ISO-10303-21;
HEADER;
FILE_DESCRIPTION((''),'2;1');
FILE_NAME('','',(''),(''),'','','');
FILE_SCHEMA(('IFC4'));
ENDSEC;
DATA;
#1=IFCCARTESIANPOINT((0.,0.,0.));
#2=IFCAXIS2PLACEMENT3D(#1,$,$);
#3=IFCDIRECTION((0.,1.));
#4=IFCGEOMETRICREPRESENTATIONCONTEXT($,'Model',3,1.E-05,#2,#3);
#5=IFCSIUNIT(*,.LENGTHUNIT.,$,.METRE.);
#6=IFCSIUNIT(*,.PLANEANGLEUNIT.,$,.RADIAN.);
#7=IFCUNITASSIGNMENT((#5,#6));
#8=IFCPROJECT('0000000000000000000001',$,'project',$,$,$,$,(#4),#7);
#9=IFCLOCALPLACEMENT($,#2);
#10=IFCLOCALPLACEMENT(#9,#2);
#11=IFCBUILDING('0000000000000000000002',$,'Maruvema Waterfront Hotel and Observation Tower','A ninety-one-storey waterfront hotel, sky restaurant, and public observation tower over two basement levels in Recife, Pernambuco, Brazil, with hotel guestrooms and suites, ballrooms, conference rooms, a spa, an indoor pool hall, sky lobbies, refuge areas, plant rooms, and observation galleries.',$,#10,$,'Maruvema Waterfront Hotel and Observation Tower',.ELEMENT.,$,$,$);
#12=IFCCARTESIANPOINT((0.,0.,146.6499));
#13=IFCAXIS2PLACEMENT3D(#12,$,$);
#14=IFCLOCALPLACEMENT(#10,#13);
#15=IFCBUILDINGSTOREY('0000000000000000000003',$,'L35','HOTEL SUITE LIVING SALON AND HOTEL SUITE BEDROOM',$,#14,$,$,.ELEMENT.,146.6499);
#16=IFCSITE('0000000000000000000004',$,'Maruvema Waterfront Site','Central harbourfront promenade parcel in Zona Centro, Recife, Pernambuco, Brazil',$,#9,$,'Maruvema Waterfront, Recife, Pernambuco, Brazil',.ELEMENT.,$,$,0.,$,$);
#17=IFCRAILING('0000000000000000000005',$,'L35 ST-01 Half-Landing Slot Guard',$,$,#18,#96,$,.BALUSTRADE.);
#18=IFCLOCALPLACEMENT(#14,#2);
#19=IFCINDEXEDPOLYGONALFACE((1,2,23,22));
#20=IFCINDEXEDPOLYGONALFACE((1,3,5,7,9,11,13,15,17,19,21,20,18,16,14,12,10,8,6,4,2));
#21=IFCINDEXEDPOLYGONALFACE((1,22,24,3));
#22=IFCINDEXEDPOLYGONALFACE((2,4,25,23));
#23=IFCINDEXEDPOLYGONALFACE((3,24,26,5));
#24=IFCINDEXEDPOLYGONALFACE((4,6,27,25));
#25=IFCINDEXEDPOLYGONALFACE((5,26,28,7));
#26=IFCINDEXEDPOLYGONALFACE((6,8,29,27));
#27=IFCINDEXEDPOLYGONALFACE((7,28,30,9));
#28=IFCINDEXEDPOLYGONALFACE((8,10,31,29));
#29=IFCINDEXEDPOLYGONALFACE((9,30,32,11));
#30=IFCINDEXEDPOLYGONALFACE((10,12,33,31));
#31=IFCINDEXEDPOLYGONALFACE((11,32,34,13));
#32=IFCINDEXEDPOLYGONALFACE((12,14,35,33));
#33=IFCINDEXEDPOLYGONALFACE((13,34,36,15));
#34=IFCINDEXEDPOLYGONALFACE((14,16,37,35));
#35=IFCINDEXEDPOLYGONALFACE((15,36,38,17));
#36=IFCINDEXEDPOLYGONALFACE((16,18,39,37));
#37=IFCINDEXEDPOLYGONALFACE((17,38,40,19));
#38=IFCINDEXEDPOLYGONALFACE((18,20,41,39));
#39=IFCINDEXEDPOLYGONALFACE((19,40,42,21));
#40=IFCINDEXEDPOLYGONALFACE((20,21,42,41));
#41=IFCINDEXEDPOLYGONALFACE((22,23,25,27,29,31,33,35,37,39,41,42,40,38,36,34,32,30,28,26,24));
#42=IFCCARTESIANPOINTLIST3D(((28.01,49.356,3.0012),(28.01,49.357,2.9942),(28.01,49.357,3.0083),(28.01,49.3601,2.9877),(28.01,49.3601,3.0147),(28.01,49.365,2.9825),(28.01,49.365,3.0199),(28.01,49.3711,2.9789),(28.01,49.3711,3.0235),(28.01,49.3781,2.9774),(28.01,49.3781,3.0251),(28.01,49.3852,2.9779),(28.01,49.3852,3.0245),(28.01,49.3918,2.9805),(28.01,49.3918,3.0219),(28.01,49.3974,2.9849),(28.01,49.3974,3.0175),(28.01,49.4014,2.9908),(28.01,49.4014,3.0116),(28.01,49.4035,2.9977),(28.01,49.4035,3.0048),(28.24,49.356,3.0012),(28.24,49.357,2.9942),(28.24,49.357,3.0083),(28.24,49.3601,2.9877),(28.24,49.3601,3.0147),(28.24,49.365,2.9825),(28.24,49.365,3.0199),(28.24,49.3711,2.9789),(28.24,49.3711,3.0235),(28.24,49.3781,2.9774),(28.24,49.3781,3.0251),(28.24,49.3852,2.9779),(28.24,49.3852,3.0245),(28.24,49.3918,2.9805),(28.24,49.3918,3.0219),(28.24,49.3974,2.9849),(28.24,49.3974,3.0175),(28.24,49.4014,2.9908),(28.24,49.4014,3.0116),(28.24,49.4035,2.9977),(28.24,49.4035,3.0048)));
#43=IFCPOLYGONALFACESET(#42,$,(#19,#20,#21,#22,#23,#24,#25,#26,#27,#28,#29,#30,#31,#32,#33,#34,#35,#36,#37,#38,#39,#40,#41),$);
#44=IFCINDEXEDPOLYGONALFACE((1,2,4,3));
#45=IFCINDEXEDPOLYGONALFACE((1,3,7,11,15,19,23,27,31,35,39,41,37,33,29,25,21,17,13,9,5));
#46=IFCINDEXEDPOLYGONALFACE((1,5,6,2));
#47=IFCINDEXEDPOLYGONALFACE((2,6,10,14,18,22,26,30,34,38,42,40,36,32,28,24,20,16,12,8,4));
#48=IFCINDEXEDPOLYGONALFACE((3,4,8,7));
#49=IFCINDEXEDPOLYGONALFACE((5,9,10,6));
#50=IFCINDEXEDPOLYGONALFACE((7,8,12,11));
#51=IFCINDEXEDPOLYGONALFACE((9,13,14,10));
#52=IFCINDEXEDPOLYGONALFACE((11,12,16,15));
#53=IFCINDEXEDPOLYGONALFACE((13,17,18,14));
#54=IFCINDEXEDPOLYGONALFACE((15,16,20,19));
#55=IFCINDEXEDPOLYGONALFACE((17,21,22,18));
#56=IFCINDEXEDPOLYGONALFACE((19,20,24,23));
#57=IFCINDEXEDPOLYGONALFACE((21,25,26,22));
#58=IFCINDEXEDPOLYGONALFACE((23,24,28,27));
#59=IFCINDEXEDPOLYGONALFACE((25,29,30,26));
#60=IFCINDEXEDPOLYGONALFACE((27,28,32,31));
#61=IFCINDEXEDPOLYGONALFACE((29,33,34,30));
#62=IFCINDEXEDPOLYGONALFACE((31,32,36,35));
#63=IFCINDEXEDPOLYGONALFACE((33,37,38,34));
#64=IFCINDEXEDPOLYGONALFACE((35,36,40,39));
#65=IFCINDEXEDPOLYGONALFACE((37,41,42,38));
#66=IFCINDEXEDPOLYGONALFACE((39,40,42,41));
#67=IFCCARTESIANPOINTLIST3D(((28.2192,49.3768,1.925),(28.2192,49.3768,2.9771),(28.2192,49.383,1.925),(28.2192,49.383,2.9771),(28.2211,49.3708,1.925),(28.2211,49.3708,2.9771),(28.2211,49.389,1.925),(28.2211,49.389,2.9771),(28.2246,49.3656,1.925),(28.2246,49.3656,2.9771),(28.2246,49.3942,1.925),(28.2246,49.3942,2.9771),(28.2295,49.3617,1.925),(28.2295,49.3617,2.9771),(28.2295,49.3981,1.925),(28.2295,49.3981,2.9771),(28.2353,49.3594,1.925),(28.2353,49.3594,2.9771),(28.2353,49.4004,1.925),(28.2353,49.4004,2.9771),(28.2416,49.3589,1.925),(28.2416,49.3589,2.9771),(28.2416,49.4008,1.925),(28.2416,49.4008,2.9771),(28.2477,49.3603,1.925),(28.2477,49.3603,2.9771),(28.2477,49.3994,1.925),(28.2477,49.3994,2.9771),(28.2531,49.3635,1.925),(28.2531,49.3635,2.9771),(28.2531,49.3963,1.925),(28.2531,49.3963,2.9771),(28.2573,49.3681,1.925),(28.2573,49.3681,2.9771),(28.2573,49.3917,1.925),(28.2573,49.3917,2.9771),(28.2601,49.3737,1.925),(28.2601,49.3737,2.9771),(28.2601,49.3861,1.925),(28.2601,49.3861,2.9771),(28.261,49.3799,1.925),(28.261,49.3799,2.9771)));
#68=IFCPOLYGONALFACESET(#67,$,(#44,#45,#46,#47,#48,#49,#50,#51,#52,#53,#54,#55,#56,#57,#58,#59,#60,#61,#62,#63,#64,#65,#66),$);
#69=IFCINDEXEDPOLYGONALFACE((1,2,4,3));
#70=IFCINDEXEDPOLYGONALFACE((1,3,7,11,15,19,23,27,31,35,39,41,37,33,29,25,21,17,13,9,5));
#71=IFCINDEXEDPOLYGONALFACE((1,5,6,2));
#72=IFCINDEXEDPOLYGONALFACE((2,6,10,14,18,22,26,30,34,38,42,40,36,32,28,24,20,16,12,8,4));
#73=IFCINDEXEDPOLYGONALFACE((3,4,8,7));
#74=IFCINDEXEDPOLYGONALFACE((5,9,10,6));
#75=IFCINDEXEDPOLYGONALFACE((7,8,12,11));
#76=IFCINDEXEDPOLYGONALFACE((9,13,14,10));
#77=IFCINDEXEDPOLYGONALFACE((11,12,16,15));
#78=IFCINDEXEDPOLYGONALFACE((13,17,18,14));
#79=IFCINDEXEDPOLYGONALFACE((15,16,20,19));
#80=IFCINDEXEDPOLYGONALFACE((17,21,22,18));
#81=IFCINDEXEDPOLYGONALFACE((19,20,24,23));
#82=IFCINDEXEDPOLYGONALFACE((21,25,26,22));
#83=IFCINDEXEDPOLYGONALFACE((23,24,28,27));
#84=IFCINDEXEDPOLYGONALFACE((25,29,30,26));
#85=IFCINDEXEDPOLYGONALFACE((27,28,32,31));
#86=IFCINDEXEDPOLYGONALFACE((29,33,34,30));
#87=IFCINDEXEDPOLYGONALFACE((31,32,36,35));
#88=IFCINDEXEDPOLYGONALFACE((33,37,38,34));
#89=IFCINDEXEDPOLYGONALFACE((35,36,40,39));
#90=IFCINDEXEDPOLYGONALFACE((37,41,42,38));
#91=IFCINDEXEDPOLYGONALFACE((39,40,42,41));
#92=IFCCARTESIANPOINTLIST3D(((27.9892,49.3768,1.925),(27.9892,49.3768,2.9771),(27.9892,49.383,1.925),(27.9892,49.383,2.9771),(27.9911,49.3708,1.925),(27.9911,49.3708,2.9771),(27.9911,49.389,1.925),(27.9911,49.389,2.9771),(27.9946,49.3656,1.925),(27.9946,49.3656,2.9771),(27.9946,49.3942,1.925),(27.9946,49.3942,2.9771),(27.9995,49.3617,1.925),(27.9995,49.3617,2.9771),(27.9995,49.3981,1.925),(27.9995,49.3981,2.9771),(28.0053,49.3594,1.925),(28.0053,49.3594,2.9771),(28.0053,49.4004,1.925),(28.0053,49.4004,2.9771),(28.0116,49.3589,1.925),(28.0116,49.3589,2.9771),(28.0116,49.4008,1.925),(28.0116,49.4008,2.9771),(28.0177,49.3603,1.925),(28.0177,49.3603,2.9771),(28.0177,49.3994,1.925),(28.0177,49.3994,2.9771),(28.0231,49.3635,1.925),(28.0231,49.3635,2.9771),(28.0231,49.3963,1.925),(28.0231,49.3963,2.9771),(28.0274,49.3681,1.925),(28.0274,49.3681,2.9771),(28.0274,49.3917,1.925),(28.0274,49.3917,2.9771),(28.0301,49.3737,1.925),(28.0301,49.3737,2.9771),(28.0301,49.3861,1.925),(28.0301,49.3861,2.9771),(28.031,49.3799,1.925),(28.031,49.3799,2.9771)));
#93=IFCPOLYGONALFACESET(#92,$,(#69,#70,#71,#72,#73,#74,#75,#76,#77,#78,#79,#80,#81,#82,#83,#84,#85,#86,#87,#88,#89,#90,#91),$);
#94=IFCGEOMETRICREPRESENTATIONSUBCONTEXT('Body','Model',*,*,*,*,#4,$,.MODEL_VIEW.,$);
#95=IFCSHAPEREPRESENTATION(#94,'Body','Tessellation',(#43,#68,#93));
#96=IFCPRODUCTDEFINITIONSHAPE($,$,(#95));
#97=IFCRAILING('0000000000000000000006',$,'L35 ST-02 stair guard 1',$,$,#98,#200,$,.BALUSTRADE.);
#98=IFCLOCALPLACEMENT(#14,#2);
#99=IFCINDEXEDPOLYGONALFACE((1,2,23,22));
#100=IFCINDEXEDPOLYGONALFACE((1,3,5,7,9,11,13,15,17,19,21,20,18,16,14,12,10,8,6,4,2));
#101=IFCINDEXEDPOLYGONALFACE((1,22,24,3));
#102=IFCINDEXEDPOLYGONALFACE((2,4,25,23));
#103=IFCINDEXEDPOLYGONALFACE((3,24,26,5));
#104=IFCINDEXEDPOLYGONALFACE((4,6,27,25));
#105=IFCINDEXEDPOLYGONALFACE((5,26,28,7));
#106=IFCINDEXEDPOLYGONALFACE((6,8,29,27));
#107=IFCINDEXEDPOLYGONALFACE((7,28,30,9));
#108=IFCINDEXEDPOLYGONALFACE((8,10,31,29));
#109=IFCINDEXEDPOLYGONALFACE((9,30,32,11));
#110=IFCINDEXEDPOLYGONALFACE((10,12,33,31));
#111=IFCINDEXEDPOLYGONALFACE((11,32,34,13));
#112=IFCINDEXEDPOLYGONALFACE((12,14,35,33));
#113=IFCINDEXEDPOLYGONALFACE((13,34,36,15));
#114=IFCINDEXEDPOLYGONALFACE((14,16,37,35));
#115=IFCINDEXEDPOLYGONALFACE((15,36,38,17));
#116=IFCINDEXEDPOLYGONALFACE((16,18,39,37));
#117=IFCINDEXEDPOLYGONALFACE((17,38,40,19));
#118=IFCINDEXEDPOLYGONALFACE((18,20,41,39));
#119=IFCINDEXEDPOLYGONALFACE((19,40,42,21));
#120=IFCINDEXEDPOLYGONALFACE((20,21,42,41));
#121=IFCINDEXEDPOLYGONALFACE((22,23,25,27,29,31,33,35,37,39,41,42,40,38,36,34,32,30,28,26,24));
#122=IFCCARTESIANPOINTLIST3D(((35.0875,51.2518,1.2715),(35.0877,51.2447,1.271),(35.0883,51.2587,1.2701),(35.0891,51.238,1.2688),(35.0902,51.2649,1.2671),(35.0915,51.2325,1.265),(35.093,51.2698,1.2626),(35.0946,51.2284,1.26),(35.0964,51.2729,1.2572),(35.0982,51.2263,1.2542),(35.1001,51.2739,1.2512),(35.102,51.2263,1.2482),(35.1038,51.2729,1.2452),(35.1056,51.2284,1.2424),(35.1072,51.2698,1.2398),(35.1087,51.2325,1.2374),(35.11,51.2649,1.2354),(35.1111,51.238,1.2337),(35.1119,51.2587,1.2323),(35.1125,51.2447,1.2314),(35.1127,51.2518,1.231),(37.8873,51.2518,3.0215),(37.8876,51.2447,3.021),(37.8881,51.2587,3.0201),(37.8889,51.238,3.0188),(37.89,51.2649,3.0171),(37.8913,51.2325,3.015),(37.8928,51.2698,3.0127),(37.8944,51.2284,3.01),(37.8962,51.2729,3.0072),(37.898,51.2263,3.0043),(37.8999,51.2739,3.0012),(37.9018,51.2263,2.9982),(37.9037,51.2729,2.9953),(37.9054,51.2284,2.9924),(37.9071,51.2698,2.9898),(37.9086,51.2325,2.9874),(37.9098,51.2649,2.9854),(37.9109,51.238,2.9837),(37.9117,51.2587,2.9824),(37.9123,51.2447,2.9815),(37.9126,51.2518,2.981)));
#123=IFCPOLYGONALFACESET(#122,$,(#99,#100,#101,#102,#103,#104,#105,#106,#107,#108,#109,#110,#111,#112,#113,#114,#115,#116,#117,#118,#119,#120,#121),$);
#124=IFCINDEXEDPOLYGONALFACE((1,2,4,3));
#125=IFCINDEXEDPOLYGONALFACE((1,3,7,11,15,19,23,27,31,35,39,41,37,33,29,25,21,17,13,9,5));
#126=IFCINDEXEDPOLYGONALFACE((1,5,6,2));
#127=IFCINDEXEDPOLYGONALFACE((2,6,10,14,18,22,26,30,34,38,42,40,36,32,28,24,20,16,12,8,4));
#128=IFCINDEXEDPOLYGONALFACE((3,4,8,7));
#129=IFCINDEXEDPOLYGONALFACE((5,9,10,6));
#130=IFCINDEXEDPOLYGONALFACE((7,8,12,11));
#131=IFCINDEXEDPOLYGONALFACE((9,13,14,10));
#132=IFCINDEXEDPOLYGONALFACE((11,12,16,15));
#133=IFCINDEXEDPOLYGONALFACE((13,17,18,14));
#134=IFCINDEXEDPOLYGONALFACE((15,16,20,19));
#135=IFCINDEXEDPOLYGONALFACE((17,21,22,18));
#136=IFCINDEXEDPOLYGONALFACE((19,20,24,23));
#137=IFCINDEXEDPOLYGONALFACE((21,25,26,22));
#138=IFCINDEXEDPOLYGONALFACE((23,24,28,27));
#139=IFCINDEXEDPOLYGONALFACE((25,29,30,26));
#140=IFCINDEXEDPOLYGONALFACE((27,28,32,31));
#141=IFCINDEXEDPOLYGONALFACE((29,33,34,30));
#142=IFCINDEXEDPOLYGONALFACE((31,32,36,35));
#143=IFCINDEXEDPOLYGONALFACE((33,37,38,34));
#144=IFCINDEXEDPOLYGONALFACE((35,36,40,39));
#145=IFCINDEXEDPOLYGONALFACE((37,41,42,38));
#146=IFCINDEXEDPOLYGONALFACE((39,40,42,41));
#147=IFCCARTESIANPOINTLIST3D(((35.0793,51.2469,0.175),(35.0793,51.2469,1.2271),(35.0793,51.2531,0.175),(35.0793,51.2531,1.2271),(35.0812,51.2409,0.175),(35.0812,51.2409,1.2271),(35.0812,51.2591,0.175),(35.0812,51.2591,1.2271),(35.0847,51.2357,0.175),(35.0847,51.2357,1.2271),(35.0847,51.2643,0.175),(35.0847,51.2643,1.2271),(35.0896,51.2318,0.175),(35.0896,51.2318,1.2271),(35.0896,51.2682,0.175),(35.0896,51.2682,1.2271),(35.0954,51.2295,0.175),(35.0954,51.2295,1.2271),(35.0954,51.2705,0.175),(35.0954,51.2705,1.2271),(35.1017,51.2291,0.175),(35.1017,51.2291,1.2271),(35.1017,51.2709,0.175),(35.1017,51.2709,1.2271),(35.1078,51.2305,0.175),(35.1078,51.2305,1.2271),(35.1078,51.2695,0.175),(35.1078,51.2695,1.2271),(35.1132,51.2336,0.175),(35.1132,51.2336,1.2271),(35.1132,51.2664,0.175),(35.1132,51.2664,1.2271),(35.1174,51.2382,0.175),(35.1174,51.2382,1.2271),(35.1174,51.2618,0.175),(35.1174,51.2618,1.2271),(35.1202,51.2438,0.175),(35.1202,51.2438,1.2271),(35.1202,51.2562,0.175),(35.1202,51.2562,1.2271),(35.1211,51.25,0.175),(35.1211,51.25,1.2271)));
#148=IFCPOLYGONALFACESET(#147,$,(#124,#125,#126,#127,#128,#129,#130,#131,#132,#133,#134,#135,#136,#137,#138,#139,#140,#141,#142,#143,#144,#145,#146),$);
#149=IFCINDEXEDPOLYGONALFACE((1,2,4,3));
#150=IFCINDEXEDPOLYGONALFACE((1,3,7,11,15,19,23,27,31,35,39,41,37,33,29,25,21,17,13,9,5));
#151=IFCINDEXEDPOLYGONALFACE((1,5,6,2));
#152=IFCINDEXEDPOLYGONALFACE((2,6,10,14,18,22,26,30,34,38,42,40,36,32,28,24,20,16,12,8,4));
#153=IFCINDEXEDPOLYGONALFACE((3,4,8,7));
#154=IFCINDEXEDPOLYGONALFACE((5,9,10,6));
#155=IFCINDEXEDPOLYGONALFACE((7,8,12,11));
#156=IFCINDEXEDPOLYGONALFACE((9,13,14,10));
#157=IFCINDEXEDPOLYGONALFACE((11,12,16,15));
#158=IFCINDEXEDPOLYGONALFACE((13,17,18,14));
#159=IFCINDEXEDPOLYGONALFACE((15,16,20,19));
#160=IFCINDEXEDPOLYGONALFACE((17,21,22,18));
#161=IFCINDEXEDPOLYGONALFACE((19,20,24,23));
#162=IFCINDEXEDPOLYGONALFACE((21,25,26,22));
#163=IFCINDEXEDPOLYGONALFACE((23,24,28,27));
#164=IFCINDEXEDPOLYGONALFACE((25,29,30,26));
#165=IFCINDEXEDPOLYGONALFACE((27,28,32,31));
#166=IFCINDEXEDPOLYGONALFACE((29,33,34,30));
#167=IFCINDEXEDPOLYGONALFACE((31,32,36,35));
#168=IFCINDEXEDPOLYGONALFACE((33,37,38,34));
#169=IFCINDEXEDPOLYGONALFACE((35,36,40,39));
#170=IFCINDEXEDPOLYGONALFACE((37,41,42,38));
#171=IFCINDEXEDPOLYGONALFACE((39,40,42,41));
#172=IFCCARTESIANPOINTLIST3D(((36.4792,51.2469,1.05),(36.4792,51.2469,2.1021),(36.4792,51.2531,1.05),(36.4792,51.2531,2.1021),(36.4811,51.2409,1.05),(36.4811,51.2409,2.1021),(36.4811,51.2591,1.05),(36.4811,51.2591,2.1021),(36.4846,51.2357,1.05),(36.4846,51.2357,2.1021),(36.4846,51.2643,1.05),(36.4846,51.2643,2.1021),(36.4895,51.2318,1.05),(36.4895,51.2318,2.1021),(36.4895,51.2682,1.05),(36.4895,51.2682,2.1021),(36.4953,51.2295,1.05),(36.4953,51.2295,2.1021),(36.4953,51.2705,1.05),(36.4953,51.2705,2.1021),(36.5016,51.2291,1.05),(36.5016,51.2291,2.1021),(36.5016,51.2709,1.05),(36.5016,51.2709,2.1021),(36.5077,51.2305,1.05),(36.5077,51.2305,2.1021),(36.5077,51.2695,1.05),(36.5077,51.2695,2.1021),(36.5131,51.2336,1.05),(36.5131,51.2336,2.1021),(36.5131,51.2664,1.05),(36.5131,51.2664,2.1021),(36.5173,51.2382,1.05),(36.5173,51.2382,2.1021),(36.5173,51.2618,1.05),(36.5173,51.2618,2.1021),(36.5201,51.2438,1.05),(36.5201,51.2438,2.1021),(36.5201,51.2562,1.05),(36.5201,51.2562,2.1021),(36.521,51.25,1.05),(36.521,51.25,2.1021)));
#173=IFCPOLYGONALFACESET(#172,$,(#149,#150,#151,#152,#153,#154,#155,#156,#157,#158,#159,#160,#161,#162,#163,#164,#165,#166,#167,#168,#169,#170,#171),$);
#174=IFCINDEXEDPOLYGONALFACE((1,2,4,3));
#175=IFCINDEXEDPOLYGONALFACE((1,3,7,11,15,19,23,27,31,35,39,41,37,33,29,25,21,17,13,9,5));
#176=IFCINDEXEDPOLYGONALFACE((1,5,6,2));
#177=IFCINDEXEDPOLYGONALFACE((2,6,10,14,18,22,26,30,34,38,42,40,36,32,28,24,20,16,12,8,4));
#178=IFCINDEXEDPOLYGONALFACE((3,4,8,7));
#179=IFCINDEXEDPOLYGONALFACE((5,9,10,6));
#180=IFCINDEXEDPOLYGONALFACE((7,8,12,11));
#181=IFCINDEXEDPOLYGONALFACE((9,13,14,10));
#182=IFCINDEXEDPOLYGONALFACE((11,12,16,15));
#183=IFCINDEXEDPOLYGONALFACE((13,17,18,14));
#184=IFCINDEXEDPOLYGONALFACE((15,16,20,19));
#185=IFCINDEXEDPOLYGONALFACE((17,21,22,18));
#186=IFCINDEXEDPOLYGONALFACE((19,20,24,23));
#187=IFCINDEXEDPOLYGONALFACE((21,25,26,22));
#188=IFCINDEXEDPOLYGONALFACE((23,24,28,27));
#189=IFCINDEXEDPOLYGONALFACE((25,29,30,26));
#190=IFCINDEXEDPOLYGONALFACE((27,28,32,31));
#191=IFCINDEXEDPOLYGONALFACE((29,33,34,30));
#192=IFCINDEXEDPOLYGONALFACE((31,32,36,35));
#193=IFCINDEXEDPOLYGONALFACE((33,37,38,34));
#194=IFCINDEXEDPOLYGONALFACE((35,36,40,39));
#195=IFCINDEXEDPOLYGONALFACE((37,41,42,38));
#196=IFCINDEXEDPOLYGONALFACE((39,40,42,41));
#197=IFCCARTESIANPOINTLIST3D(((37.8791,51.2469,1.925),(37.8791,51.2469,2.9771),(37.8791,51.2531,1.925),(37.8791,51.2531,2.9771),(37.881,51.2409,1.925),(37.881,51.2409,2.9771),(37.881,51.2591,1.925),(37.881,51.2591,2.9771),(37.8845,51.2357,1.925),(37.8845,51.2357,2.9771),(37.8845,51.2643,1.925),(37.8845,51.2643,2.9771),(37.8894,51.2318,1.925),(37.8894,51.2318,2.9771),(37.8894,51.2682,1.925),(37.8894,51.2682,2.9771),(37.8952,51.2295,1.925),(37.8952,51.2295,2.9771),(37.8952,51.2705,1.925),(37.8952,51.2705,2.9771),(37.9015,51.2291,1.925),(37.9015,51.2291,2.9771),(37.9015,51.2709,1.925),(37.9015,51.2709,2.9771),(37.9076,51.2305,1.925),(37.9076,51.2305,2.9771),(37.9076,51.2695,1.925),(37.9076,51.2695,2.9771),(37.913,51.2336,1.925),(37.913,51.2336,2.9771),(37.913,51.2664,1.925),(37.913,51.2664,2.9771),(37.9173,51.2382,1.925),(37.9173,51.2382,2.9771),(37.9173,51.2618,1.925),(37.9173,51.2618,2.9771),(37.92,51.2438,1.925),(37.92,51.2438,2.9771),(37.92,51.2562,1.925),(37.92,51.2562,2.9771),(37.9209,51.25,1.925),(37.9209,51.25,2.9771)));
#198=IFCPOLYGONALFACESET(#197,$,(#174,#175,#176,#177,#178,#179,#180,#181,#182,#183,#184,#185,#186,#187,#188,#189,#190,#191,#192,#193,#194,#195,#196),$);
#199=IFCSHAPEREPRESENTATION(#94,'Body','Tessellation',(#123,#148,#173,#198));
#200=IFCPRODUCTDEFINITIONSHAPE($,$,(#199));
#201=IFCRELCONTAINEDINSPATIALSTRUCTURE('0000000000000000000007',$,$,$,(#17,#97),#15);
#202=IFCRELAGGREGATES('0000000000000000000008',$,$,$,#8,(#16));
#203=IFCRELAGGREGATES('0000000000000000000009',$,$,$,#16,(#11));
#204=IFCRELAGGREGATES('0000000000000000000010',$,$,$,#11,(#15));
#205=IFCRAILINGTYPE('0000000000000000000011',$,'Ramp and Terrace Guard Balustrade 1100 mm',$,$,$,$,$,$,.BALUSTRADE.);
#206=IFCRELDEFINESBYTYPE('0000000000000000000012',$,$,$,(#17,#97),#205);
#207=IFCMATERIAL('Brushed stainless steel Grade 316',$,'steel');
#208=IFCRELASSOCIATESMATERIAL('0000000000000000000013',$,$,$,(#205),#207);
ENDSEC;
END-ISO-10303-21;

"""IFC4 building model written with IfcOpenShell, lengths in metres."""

from ifc_helpers import new_model, si_unit, direction, frame, origin, origin_2d, place, context, subcontext, project, spatial, circle, extrude, material, type_object, element, save


model = new_model("IFC4")

# Units and contexts
model_context = context("Model", 3, precision=1e-05, world=origin(), true_north=direction((0.0, 1.0)))
body_context = subcontext(model_context, "Body", "Model", "MODEL_VIEW")
ifc_project = project(units=[si_unit("LENGTHUNIT", "METRE"), si_unit("PLANEANGLEUNIT", "RADIAN")], contexts=[model_context])

# Site, building, storey
site_placement = place(None, origin())
site = spatial("IfcSite", under=ifc_project, at=site_placement, Name="Maruvema Waterfront Site", Description="Central harbourfront promenade parcel in Zona Centro, Recife, Pernambuco, Brazil", LongName="Maruvema Waterfront, Recife, Pernambuco, Brazil", CompositionType="ELEMENT", RefElevation=0.0)
building_placement = place(site_placement, origin())
building = spatial("IfcBuilding", under=site, at=building_placement, Name="Maruvema Waterfront Hotel and Observation Tower", Description="A ninety-one-storey waterfront hotel, sky restaurant, and public observation tower over two basement levels in Recife, Pernambuco, Brazil, with hotel guestrooms and suites, ballrooms, conference rooms, a spa, an indoor pool hall, sky lobbies, refuge areas, plant rooms, and observation galleries.", LongName="Maruvema Waterfront Hotel and Observation Tower", CompositionType="ELEMENT")
storey_placement = place(building_placement, frame((0.0, 0.0, 146.6499)))
storey = spatial("IfcBuildingStorey", under=building, at=storey_placement, Name="L35", Description="HOTEL SUITE LIVING SALON AND HOTEL SUITE BEDROOM", CompositionType="ELEMENT", Elevation=146.6499)

# Railings
ifc_material_1 = material(Name="Brushed stainless steel Grade 316", Category="steel")
railing_type_1 = type_object("IfcRailingType", Name="Ramp and Terrace Guard Balustrade 1100 mm", PredefinedType="BALUSTRADE", material=ifc_material_1)
railing_1_placement = place(storey_placement, frame((28.24, 49.3799, 1.925)))
element("IfcRailing", 1, at=railing_1_placement, inside=storey, type_object=railing_type_1, Name="L35 ST-01 Half-Landing Slot Guard", PredefinedType="BALUSTRADE", context=body_context, shape_type="SweptSolid", body=[
    extrude(circle(Radius=0.0239, at=origin_2d()), frame((0.0, 0.0, 1.0762), z_axis=(-1.0, 0.0, 0.0), x_axis=(0.0, -1.0, 0.0)), (0.0, 0.0, 1.0), 0.23),
    extrude(circle(Radius=0.021, at=origin_2d()), origin(), (0.0, 0.0, 1.0), 1.052),
    extrude(circle(Radius=0.021, at=origin_2d()), frame((-0.23, 0.0, 0.0)), (0.0, 0.0, 1.0), 1.052),
])
railing_2_placement = place(storey_placement, frame((35.1001, 51.25, 0.175)))
element("IfcRailing", 2, at=railing_2_placement, inside=storey, type_object=railing_type_1, Name="L35 ST-02 stair guard 1", PredefinedType="BALUSTRADE", context=body_context, shape_type="SweptSolid", body=[
    extrude(circle(Radius=0.0239, at=origin_2d()), frame((0.0, 0.0, 1.0762), z_axis=(0.847982, 0.0, 0.530026), x_axis=(0.0, 1.0, 0.0)), (0.0, 0.0, 1.0), 3.3018),
    extrude(circle(Radius=0.021, at=origin_2d()), origin(), (0.0, 0.0, 1.0), 1.052),
    extrude(circle(Radius=0.021, at=origin_2d()), frame((1.3999, 0.0, 0.875)), (0.0, 0.0, 1.0), 1.052),
    extrude(circle(Radius=0.021, at=origin_2d()), frame((2.7998, 0.0, 1.75)), (0.0, 0.0, 1.0), 1.052),
])

save(model, "model.ifc")
